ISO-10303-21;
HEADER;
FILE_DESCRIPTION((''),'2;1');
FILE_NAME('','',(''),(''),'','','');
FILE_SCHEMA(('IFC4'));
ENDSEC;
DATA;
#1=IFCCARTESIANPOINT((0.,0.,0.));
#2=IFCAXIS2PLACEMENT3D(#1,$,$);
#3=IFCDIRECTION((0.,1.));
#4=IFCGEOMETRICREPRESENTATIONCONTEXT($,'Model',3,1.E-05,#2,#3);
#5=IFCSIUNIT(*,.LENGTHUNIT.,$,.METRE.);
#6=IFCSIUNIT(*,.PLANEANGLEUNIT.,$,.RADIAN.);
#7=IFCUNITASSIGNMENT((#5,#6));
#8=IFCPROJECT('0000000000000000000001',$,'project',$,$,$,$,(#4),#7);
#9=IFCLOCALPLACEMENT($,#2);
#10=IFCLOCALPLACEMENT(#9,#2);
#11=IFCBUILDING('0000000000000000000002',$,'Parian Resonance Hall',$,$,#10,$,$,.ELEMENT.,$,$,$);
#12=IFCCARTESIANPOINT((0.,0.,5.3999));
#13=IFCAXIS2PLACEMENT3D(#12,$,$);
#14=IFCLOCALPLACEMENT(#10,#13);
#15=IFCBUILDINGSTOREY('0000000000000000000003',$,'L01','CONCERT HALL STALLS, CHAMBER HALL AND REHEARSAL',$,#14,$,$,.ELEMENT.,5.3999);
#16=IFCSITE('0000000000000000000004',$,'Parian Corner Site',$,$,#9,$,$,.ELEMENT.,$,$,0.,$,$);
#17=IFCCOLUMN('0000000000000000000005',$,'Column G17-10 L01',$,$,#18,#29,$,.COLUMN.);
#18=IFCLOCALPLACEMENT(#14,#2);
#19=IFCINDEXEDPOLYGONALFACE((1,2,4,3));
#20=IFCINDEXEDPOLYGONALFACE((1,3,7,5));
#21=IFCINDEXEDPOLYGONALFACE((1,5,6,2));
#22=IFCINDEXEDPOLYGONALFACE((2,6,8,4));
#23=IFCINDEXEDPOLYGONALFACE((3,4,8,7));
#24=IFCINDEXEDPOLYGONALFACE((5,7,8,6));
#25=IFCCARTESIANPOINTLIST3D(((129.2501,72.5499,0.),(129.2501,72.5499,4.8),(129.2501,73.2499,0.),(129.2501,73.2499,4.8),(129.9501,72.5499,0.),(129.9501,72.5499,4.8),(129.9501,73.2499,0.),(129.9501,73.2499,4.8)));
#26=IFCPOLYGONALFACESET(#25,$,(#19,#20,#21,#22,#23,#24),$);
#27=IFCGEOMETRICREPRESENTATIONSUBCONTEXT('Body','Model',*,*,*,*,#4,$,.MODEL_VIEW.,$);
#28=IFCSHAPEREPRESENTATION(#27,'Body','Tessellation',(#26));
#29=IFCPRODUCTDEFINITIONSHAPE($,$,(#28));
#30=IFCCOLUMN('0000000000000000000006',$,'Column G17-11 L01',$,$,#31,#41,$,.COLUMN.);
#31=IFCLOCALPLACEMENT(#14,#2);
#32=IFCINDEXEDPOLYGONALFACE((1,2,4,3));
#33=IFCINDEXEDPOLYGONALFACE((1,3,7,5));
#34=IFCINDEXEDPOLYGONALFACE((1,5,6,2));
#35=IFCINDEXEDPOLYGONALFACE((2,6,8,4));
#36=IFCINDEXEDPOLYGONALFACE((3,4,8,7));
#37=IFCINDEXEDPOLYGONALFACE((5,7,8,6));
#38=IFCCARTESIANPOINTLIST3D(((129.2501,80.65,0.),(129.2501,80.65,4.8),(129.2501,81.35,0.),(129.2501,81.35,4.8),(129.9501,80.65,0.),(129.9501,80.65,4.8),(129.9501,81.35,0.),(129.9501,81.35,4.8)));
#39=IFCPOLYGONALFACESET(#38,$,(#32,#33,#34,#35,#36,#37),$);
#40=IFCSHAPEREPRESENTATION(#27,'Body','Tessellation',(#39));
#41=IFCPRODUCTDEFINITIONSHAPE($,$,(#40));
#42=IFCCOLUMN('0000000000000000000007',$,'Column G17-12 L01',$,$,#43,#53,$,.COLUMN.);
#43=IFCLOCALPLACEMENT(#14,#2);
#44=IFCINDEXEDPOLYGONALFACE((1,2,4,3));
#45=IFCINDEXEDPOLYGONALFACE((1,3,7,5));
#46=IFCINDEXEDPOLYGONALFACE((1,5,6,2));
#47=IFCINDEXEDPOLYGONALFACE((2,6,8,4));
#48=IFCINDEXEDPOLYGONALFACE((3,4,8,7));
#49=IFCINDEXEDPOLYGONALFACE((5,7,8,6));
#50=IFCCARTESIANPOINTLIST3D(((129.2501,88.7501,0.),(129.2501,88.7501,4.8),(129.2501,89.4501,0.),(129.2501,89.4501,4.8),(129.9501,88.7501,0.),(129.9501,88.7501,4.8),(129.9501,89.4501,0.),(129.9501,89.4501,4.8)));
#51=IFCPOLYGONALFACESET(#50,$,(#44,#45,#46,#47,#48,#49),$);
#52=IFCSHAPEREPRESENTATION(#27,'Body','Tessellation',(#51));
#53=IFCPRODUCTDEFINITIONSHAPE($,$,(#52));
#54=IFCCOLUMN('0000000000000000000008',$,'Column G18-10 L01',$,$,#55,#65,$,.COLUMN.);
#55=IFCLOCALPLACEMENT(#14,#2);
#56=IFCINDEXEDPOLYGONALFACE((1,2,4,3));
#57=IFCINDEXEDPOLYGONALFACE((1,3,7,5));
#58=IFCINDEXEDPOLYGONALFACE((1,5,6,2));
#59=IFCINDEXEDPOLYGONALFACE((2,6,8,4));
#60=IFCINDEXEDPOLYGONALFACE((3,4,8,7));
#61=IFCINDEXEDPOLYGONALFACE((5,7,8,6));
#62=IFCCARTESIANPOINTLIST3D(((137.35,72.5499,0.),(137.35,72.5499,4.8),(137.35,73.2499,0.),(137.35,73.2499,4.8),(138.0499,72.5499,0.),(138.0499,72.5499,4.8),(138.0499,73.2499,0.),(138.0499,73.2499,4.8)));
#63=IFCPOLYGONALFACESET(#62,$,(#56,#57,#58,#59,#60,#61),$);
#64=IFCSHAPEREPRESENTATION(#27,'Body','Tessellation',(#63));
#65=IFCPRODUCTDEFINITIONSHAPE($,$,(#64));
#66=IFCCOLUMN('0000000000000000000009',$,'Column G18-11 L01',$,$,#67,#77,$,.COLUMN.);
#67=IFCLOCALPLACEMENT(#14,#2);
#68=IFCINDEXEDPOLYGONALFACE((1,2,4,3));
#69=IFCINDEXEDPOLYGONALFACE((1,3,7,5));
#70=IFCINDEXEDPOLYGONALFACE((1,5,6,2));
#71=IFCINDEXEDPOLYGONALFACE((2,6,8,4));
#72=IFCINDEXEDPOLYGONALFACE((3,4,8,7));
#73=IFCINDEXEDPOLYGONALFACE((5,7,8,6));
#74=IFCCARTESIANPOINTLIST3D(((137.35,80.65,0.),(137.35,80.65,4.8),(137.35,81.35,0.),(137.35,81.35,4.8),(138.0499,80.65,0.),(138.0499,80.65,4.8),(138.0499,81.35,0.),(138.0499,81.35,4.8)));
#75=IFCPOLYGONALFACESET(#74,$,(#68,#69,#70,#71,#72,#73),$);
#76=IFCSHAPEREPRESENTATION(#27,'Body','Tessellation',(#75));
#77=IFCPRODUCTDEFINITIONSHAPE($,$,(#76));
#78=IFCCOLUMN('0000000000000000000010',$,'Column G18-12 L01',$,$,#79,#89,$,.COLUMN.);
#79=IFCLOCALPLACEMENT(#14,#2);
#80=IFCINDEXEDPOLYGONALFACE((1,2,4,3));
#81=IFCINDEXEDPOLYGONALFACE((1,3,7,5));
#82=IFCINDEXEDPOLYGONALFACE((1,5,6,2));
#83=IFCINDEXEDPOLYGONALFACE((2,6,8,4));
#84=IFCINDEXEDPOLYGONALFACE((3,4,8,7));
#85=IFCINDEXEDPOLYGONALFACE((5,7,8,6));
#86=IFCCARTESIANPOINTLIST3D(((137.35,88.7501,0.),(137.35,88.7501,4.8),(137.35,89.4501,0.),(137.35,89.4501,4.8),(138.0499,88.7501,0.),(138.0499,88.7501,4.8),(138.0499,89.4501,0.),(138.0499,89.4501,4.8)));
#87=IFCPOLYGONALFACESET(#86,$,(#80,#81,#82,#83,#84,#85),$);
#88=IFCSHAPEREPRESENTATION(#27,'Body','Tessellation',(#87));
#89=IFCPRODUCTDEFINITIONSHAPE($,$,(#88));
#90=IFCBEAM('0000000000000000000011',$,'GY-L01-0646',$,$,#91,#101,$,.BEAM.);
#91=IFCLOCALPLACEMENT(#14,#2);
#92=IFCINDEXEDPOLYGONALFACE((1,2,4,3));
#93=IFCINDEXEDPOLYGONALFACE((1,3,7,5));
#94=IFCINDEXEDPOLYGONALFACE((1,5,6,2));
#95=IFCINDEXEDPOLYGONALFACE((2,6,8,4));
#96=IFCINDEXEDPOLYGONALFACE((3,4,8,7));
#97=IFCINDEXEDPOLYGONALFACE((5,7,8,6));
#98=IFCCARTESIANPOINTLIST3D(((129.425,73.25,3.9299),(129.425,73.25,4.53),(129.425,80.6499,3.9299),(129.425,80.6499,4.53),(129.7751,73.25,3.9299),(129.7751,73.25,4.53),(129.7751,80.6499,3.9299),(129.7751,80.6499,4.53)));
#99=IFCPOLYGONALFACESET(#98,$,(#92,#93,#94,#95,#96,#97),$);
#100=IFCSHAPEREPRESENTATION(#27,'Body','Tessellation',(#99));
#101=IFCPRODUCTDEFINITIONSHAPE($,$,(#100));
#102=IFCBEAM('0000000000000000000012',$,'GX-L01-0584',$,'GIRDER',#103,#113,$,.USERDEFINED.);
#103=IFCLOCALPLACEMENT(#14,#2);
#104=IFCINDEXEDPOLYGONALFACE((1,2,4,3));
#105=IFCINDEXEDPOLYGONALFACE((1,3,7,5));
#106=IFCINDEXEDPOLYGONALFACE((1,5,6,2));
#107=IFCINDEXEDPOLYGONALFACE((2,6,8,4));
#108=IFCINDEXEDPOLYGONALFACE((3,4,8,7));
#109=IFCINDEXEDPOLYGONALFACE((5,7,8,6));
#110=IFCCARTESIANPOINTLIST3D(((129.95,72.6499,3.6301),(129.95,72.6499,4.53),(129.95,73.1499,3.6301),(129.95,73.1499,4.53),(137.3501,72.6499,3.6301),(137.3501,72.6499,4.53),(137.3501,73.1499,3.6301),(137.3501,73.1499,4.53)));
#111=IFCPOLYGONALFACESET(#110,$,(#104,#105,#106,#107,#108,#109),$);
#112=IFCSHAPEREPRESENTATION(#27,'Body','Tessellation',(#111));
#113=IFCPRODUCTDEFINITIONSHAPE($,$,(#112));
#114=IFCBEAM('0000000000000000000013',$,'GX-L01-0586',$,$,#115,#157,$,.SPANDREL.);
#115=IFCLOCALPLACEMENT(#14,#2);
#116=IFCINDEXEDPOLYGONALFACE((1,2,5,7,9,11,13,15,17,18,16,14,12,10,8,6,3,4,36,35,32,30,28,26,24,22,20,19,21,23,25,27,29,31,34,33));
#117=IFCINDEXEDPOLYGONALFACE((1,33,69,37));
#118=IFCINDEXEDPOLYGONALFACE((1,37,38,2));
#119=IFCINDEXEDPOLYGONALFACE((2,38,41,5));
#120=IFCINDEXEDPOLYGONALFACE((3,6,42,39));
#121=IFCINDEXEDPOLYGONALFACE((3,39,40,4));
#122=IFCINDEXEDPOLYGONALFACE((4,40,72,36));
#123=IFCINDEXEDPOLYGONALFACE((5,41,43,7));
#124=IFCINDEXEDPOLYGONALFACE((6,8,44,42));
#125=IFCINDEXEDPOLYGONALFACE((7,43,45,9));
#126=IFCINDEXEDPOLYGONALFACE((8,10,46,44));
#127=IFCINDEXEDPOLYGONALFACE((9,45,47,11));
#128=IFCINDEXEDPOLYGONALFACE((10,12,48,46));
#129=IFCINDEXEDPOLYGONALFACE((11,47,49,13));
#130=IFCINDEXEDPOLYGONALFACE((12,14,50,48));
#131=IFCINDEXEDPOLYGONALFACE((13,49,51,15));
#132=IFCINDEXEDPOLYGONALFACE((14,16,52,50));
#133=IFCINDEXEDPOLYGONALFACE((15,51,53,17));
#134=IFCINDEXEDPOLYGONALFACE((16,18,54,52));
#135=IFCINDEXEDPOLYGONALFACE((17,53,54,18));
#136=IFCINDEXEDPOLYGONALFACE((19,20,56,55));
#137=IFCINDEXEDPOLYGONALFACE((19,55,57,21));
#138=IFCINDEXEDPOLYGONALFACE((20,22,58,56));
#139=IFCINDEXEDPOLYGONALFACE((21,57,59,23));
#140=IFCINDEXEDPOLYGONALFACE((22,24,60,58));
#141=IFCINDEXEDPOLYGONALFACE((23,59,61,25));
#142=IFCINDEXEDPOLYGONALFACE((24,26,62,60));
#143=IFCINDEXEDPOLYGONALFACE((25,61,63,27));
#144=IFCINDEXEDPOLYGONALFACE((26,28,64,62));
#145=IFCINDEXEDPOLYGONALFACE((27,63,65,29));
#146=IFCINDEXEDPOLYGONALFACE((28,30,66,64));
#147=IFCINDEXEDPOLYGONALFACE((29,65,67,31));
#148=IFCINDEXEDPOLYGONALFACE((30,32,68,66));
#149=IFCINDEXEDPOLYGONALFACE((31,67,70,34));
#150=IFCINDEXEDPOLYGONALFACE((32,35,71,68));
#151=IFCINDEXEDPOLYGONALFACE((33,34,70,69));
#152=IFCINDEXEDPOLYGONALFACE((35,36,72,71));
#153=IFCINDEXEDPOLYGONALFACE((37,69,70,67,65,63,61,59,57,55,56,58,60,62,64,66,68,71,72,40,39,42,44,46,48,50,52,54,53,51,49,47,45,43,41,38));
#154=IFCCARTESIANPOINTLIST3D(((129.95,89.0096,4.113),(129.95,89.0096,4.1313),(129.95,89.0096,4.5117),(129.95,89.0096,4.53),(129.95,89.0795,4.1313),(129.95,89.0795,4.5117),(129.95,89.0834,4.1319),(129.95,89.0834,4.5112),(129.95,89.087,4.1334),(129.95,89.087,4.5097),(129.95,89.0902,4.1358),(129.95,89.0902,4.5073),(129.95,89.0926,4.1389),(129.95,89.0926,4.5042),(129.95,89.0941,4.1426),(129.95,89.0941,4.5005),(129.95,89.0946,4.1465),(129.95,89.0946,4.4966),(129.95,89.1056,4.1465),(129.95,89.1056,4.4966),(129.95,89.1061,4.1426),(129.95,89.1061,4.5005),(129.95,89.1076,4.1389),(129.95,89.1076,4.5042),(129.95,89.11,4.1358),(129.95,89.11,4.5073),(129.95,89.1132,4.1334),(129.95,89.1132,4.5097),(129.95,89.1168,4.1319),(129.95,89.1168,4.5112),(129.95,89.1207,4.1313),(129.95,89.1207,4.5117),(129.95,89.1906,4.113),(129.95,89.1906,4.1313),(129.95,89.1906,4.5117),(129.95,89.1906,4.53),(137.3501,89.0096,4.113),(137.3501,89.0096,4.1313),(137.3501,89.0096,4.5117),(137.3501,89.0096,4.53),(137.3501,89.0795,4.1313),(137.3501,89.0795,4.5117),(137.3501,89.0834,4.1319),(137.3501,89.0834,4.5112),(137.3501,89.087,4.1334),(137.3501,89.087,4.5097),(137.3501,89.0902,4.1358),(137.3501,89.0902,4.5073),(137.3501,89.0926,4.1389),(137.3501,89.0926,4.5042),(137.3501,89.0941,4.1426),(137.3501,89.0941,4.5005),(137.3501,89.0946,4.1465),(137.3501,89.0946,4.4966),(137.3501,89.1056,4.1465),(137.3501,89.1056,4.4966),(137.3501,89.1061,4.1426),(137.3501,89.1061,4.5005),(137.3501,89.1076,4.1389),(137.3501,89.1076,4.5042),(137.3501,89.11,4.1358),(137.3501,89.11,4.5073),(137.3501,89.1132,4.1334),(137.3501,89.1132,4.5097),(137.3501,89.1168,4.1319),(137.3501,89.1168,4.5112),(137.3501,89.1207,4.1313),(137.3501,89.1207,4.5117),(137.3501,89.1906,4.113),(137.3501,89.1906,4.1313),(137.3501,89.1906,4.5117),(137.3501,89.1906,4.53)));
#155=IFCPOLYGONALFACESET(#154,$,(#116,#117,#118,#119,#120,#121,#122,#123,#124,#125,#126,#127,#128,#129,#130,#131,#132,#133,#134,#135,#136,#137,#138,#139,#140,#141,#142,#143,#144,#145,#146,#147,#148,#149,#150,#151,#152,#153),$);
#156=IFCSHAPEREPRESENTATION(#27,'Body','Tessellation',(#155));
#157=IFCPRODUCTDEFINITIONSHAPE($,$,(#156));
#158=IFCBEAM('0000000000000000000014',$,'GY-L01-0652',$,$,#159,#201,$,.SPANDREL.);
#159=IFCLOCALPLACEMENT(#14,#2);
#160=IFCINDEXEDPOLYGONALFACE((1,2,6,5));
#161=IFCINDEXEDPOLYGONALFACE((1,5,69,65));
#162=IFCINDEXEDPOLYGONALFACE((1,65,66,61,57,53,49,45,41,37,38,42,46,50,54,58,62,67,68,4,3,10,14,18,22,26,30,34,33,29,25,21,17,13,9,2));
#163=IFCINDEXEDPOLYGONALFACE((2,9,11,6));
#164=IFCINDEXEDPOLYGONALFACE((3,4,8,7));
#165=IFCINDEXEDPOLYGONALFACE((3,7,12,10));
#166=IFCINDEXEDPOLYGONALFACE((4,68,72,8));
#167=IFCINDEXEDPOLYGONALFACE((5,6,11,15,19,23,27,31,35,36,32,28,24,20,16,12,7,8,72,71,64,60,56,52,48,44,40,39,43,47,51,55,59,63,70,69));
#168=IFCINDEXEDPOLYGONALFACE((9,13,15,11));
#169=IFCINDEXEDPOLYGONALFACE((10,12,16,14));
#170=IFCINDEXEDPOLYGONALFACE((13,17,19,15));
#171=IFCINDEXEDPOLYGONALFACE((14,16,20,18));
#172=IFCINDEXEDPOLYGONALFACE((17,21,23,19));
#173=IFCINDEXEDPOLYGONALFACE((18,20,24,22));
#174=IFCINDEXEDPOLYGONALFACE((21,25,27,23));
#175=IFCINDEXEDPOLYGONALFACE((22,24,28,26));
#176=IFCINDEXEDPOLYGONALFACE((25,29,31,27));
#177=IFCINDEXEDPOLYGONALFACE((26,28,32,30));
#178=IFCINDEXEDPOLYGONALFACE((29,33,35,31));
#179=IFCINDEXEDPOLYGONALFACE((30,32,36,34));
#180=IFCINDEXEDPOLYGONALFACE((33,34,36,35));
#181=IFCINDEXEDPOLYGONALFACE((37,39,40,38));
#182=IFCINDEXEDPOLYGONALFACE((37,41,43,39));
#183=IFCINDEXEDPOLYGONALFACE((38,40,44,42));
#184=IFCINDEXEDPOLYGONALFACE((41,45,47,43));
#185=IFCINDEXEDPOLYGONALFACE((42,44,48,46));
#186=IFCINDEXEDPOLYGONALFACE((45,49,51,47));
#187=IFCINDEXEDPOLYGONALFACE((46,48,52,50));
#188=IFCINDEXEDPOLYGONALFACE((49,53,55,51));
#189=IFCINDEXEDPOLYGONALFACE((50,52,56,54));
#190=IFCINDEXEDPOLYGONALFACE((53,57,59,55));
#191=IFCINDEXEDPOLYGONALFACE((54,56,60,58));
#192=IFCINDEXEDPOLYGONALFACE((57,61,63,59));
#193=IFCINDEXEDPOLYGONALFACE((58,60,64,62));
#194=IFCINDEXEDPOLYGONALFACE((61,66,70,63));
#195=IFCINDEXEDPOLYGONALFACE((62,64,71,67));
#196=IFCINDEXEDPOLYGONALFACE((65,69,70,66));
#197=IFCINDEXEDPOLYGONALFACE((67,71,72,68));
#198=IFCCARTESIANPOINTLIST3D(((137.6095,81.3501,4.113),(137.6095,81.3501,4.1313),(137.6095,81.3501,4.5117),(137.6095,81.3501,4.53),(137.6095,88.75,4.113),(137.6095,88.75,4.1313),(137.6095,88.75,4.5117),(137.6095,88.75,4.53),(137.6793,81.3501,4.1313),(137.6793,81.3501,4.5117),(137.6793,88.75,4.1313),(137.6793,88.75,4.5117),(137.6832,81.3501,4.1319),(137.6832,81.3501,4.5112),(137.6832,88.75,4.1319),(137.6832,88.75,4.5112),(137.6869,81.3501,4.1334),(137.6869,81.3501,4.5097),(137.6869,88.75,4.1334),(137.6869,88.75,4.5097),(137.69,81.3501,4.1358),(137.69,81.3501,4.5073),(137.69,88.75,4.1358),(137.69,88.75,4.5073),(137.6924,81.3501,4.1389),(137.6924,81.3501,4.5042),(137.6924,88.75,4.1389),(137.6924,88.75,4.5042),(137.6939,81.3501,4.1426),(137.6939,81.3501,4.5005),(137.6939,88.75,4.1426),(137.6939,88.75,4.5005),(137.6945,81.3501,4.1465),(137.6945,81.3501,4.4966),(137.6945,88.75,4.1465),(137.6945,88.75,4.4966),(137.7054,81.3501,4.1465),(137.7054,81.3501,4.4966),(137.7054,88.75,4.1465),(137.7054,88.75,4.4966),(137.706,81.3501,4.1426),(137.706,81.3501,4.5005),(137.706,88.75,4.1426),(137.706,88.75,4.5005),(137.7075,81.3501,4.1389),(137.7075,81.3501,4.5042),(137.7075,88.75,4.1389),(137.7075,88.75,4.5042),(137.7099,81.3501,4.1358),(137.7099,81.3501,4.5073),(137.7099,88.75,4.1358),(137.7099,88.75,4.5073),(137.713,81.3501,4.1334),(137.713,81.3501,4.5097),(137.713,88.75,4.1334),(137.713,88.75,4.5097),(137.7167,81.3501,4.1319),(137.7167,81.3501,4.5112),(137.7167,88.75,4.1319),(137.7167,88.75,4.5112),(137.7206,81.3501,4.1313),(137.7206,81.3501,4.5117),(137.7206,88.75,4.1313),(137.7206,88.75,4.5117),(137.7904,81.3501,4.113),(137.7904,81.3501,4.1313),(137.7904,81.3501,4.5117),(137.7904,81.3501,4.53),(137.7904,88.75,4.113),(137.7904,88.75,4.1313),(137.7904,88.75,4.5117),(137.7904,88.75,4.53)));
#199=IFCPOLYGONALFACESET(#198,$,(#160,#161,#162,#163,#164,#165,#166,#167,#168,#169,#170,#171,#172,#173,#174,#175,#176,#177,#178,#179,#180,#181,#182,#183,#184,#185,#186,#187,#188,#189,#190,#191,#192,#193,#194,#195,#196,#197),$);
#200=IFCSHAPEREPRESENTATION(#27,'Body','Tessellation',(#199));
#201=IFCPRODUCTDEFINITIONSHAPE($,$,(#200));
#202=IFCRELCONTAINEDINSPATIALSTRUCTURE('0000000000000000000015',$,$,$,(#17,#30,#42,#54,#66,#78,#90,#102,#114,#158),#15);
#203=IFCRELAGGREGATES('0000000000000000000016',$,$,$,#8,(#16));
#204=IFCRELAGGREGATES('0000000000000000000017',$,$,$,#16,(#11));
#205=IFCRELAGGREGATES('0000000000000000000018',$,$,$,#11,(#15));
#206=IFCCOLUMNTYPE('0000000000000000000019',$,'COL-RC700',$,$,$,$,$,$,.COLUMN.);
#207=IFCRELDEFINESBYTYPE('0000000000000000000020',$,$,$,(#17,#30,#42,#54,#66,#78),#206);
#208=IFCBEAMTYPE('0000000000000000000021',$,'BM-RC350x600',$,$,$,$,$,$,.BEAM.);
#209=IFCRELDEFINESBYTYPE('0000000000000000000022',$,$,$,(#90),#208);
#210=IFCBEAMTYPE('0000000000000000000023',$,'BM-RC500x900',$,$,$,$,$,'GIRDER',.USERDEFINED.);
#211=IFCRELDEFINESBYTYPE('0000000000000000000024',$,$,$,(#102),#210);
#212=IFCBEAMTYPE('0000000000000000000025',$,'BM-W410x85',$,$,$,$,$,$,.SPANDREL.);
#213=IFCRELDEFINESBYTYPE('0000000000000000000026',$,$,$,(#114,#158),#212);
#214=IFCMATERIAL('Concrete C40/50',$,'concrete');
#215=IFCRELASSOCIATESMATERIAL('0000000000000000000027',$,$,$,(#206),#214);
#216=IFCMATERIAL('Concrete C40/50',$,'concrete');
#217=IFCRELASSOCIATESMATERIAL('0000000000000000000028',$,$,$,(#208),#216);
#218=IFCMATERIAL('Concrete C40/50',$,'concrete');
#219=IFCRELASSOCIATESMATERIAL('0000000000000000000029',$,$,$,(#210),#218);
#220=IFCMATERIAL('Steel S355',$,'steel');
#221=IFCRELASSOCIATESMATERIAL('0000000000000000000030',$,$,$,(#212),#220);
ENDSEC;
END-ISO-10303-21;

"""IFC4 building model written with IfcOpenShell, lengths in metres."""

from ifc_helpers import new_model, si_unit, direction, frame, origin, origin_2d, place, context, subcontext, project, spatial, rectangle, i_section, extrude, material, material_profile, profile_set, type_object, element, save


model = new_model("IFC4")

# Units and contexts
model_context = context("Model", 3, precision=1e-05, world=origin(), true_north=direction((0.0, 1.0)))
body_context = subcontext(model_context, "Body", "Model", "MODEL_VIEW")
ifc_project = project(units=[si_unit("LENGTHUNIT", "METRE"), si_unit("PLANEANGLEUNIT", "RADIAN")], contexts=[model_context])

# Site, building, storey
site_placement = place(None, origin())
site = spatial("IfcSite", under=ifc_project, at=site_placement, Name="Parian Corner Site", CompositionType="ELEMENT", RefElevation=0.0)
building_placement = place(site_placement, origin())
building = spatial("IfcBuilding", under=site, at=building_placement, Name="Parian Resonance Hall", CompositionType="ELEMENT")
storey_placement = place(building_placement, frame((0.0, 0.0, 5.3999)))
storey = spatial("IfcBuildingStorey", under=building, at=storey_placement, Name="L01", Description="CONCERT HALL STALLS, CHAMBER HALL AND REHEARSAL", CompositionType="ELEMENT", Elevation=5.3999)

# Columns
ifc_material_1 = material(Name="Concrete C40/50", Category="concrete")
ifc_material_profile_1 = material_profile(ifc_material_1, rectangle(XDim=0.7, YDim=0.7, at=origin_2d()), Name="RC-COL-700x700")
ifc_profile_set_1 = profile_set([ifc_material_profile_1], Name="Concrete C40/50")
column_type = type_object("IfcColumnType", Name="COL-RC700", PredefinedType="COLUMN", material=ifc_profile_set_1)
for number, where, z_axis, x_axis, name in (
    (1, (129.6001, 72.8999, 0.0), (0.0, 0.0, 1.0), (1.0, 0.0, 0.0), "Column G17-10 L01"),
    (2, (129.6001, 81.0, 0.0), (0.0, 0.0, 1.0), (1.0, 0.0, 0.0), "Column G17-11 L01"),
    (3, (129.6001, 89.1001, 0.0), (0.0, 0.0, 1.0), (1.0, 0.0, 0.0), "Column G17-12 L01"),
    (4, (137.7, 72.8999, 0.0), (0.0, 0.0, 1.0), (1.0, 0.0, 0.0), "Column G18-10 L01"),
    (5, (137.7, 81.0, 0.0), (0.0, 0.0, 1.0), (1.0, 0.0, 0.0), "Column G18-11 L01"),
    (6, (137.7, 89.1001, 0.0), (0.0, 0.0, 1.0), (1.0, 0.0, 0.0), "Column G18-12 L01"),
):
    element("IfcColumn", number, at=place(storey_placement, frame(where, z_axis=z_axis, x_axis=x_axis)), inside=storey, type_object=column_type, Name=name, PredefinedType="COLUMN", context=body_context, shape_type="SweptSolid", body=[
        extrude(rectangle(XDim=0.7, YDim=0.7, at=origin_2d()), origin(), (0.0, 0.0, 1.0), 4.8),
    ])

# Beams
ifc_material_2 = material(Name="Concrete C40/50", Category="concrete")
ifc_material_profile_2 = material_profile(ifc_material_2, rectangle(XDim=0.3501, YDim=0.6001, at=origin_2d()), Name="RC-BM-350x600")
ifc_profile_set_2 = profile_set([ifc_material_profile_2], Name="Concrete C40/50")
beam_type_1 = type_object("IfcBeamType", Name="BM-RC350x600", PredefinedType="BEAM", material=ifc_profile_set_2)
beam_1_placement = place(storey_placement, frame((129.6001, 73.25, 4.23), z_axis=(0.0, 1.0, 0.0), x_axis=(-1.0, 0.0, 0.0)))
element("IfcBeam", 7, at=beam_1_placement, inside=storey, type_object=beam_type_1, Name="GY-L01-0646", PredefinedType="BEAM", context=body_context, shape_type="SweptSolid", body=[
    extrude(rectangle(XDim=0.3501, YDim=0.6001, at=origin_2d()), origin(), (0.0, 0.0, 1.0), 7.3999),
])
ifc_material_3 = material(Name="Concrete C40/50", Category="concrete")
ifc_material_profile_3 = material_profile(ifc_material_3, rectangle(XDim=0.5, YDim=0.8999, at=origin_2d()), Name="RC-BM-500x900")
ifc_profile_set_3 = profile_set([ifc_material_profile_3], Name="Concrete C40/50")
beam_type_2 = type_object("IfcBeamType", Name="BM-RC500x900", ElementType="GIRDER", PredefinedType="USERDEFINED", material=ifc_profile_set_3)
beam_2_placement = place(storey_placement, frame((129.95, 72.8999, 4.0801), z_axis=(1.0, 0.0, 0.0), x_axis=(0.0, 1.0, 0.0)))
element("IfcBeam", 8, at=beam_2_placement, inside=storey, type_object=beam_type_2, Name="GX-L01-0584", ObjectType="GIRDER", PredefinedType="USERDEFINED", context=body_context, shape_type="SweptSolid", body=[
    extrude(rectangle(XDim=0.5, YDim=0.8999, at=origin_2d()), origin(), (0.0, 0.0, 1.0), 7.4001),
])
ifc_material_4 = material(Name="Steel S355", Category="steel")
ifc_material_profile_4 = material_profile(ifc_material_4, i_section(OverallWidth=0.1809, OverallDepth=0.417, WebThickness=0.011, FlangeThickness=0.0183, FilletRadius=0.0151, at=origin_2d()), Name="W410x85")
ifc_profile_set_4 = profile_set([ifc_material_profile_4], Name="Steel S355")
beam_type_3 = type_object("IfcBeamType", Name="BM-W410x85", PredefinedType="SPANDREL", material=ifc_profile_set_4)
beam_3_placement = place(storey_placement, frame((129.95, 89.1001, 4.3215), z_axis=(1.0, 0.0, 0.0), x_axis=(0.0, 1.0, 0.0)))
element("IfcBeam", 9, at=beam_3_placement, inside=storey, type_object=beam_type_3, Name="GX-L01-0586", PredefinedType="SPANDREL", context=body_context, shape_type="SweptSolid", body=[
    extrude(i_section(OverallWidth=0.1809, OverallDepth=0.417, WebThickness=0.011, FlangeThickness=0.0183, FilletRadius=0.0151, at=origin_2d()), origin(), (0.0, 0.0, 1.0), 7.4001),
])
beam_4_placement = place(storey_placement, frame((137.7, 81.3501, 4.3215), z_axis=(0.0, 1.0, 0.0), x_axis=(-1.0, 0.0, 0.0)))
element("IfcBeam", 10, at=beam_4_placement, inside=storey, type_object=beam_type_3, Name="GY-L01-0652", PredefinedType="SPANDREL", context=body_context, shape_type="SweptSolid", body=[
    extrude(i_section(OverallWidth=0.1809, OverallDepth=0.417, WebThickness=0.011, FlangeThickness=0.0183, FilletRadius=0.0151, at=origin_2d()), origin(), (0.0, 0.0, 1.0), 7.3999),
])

save(model, "model.ifc")
